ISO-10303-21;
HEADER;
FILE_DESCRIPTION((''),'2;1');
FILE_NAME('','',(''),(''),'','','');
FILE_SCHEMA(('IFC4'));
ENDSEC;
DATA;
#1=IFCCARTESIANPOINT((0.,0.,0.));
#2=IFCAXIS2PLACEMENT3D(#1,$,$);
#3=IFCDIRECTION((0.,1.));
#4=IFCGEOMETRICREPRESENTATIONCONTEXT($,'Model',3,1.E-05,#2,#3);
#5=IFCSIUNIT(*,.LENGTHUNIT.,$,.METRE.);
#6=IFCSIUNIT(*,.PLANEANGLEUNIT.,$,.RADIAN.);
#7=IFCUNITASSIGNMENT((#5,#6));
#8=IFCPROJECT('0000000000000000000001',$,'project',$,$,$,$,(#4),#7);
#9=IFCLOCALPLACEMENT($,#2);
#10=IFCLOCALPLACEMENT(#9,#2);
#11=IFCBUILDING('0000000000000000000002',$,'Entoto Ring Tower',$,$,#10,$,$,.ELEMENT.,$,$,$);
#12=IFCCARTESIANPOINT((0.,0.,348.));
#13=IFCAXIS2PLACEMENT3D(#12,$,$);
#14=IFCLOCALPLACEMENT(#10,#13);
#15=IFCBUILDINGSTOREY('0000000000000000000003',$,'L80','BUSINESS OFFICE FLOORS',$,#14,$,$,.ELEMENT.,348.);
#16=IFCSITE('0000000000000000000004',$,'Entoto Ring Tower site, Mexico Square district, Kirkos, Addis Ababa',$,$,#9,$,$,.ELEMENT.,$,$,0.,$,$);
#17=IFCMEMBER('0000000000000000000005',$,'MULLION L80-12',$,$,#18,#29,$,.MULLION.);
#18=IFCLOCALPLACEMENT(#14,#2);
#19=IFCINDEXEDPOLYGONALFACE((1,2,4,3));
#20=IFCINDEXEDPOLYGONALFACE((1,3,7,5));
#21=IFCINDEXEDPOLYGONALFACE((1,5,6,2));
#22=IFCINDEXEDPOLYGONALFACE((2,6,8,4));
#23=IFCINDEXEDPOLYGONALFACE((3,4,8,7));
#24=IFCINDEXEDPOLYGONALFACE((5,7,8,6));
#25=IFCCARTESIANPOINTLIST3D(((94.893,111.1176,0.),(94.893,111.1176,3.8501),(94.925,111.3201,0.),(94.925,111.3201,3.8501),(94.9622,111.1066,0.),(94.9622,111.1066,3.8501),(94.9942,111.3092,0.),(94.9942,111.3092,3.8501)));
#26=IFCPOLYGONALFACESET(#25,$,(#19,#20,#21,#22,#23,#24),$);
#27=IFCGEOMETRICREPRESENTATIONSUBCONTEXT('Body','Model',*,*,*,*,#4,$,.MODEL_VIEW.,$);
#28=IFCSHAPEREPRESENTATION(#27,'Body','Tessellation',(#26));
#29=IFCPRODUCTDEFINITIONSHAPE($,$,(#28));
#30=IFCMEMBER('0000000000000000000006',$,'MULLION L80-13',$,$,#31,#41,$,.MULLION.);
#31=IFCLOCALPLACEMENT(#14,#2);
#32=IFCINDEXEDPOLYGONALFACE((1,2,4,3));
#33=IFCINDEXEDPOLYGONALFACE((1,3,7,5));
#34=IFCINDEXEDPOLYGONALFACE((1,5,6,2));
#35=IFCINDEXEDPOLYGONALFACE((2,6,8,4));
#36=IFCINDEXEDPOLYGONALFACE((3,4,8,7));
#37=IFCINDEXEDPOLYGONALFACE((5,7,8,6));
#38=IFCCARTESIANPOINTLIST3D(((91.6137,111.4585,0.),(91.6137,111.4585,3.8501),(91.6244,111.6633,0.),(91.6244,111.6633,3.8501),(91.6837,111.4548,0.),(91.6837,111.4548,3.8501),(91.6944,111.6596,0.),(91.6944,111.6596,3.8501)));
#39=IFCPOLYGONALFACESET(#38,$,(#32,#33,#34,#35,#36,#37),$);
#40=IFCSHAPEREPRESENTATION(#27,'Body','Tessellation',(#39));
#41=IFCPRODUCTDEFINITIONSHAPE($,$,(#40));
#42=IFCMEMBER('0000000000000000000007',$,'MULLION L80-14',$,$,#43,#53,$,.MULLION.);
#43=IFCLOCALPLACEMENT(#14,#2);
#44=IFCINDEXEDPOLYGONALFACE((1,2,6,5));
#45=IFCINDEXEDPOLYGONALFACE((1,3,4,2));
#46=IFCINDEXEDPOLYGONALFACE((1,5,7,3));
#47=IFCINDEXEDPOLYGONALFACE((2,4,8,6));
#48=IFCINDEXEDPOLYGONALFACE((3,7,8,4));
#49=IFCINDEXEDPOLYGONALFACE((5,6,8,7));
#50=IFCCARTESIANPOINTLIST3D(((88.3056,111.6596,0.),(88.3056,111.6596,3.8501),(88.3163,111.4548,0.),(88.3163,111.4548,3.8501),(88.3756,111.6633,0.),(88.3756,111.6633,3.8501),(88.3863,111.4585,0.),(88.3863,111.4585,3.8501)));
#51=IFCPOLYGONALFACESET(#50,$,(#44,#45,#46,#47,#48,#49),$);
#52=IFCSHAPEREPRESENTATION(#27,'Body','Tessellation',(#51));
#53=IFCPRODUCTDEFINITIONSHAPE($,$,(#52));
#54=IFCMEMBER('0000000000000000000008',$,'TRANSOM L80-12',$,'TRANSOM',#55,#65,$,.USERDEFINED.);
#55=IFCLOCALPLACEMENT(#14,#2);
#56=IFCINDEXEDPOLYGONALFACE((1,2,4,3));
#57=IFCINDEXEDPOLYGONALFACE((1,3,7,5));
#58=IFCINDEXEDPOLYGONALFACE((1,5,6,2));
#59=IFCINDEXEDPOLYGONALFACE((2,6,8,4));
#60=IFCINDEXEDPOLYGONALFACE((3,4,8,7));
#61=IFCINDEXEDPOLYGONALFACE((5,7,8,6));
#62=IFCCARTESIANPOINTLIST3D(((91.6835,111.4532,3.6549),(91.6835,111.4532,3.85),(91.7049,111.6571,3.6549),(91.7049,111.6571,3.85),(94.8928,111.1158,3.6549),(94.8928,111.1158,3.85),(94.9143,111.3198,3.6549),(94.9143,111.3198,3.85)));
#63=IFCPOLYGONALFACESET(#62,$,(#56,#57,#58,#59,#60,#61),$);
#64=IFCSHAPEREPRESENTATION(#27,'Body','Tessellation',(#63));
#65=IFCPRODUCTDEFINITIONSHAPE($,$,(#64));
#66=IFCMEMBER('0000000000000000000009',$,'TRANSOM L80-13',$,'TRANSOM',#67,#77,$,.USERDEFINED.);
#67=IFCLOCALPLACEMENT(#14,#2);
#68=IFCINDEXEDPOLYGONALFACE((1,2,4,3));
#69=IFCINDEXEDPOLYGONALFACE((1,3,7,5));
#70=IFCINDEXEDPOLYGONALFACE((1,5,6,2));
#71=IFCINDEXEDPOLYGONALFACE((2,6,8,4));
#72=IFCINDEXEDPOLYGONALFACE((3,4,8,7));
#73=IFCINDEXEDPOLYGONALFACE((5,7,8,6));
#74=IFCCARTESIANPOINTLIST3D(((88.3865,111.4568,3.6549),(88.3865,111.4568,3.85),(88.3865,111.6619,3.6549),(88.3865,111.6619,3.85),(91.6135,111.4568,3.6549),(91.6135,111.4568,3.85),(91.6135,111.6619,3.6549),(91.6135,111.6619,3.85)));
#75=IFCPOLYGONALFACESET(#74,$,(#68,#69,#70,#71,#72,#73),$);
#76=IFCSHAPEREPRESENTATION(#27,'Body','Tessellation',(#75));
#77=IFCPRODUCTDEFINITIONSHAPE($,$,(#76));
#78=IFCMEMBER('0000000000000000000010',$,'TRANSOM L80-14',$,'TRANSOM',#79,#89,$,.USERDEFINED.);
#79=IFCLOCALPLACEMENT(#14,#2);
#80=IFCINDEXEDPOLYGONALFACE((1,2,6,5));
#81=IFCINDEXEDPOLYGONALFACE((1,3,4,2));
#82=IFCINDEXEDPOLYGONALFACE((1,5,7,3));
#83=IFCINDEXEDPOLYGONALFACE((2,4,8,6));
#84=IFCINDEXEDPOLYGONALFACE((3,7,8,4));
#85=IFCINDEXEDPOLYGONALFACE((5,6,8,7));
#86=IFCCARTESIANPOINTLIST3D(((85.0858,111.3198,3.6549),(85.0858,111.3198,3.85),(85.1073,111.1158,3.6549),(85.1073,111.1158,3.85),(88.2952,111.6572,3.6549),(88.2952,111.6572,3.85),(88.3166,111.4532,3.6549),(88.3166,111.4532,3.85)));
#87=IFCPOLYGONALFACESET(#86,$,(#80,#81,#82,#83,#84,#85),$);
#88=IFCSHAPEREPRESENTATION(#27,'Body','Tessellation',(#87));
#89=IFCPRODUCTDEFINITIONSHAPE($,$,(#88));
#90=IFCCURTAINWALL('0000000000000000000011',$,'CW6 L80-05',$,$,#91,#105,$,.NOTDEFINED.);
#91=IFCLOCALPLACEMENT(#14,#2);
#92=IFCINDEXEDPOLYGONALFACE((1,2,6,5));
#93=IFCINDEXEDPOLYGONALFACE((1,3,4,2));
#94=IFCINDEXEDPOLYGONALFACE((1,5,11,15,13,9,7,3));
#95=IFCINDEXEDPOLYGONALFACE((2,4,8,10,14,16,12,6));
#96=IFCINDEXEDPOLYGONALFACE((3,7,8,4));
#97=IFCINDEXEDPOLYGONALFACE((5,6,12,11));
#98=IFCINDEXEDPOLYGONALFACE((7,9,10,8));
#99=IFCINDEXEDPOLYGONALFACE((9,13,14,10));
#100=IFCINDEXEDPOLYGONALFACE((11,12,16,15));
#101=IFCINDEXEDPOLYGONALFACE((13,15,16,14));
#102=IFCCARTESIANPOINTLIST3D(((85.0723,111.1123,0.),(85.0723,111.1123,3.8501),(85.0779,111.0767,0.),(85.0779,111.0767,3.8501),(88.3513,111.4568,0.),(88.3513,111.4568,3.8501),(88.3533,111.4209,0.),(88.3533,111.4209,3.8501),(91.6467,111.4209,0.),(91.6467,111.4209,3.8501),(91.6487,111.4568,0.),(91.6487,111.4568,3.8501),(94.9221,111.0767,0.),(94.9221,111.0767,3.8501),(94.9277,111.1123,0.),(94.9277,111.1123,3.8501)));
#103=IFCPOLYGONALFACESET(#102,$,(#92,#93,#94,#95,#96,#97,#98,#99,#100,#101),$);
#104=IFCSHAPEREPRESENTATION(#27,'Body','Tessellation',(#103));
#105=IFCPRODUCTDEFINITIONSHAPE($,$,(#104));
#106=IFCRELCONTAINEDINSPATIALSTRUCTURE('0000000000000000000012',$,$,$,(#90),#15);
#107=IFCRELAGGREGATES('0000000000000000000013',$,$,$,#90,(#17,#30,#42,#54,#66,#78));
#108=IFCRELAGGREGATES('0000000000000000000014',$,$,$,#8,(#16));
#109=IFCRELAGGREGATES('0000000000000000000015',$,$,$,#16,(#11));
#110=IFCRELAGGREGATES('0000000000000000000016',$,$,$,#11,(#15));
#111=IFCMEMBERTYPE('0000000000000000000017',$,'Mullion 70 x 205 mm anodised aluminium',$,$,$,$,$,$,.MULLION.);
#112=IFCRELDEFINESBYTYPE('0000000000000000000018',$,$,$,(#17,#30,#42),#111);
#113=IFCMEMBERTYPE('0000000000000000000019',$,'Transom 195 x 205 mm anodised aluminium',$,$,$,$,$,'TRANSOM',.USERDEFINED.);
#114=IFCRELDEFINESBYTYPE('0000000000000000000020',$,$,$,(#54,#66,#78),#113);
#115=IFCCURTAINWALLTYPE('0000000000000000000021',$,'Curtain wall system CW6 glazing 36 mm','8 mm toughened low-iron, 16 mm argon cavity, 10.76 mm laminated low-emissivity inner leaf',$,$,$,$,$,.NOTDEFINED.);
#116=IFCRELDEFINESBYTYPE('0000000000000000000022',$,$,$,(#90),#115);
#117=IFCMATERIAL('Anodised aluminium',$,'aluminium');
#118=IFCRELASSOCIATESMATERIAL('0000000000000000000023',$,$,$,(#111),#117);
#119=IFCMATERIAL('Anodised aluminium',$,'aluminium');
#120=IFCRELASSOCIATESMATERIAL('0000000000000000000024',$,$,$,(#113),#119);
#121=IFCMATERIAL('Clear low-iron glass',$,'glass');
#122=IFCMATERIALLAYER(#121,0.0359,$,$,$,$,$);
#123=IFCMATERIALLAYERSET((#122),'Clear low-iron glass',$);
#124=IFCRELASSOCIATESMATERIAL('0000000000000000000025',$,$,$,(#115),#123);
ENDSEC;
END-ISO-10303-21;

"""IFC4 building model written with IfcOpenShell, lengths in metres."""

from ifc_helpers import new_model, si_unit, direction, frame, origin, origin_2d, place, context, subcontext, project, spatial, polyline, rectangle, outline, extrude, material, layer, layer_set, material_profile, profile_set, type_object, element, aggregate, save


model = new_model("IFC4")

# Units and contexts
model_context = context("Model", 3, precision=1e-05, world=origin(), true_north=direction((0.0, 1.0)))
body_context = subcontext(model_context, "Body", "Model", "MODEL_VIEW")
ifc_project = project(units=[si_unit("LENGTHUNIT", "METRE"), si_unit("PLANEANGLEUNIT", "RADIAN")], contexts=[model_context])

# Members
ifc_material_1 = material(Name="Anodised aluminium", Category="aluminium")
ifc_material_profile_1 = material_profile(ifc_material_1, rectangle(XDim=0.0701, YDim=0.2051, at=origin_2d()), Name="Mullion 70 x 205 mm anodised aluminium")
ifc_profile_set_1 = profile_set([ifc_material_profile_1], Name="Anodised aluminium")
member_type_1 = type_object("IfcMemberType", Name="Mullion 70 x 205 mm anodised aluminium", PredefinedType="MULLION", material=ifc_profile_set_1)
site_placement = place(None, origin())
building_placement = place(site_placement, origin())
storey_placement = place(building_placement, frame((0.0, 0.0, 348.0)))
member_1_placement = place(storey_placement, frame((94.9436, 111.2134, 0.0), z_axis=(0.0, 0.0, 1.0), x_axis=(-0.987688, 0.156434, 0.0)))
member_1 = element("IfcMember", 1, at=member_1_placement, type_object=member_type_1, Name="MULLION L80-12", PredefinedType="MULLION", context=body_context, shape_type="SweptSolid", body=[
    extrude(rectangle(XDim=0.0701, YDim=0.2051, at=origin_2d()), origin(), (0.0, 0.0, 1.0), 3.8501),
])
member_2_placement = place(storey_placement, frame((91.6541, 111.5591, 0.0), z_axis=(0.0, 0.0, 1.0), x_axis=(-0.99863, 0.052336, 0.0)))
member_2 = element("IfcMember", 2, at=member_2_placement, type_object=member_type_1, Name="MULLION L80-13", PredefinedType="MULLION", context=body_context, shape_type="SweptSolid", body=[
    extrude(rectangle(XDim=0.0701, YDim=0.2051, at=origin_2d()), origin(), (0.0, 0.0, 1.0), 3.8501),
])
member_3_placement = place(storey_placement, frame((88.3459, 111.5591, 0.0), z_axis=(0.0, 0.0, 1.0), x_axis=(-0.99863, -0.052336, 0.0)))
member_3 = element("IfcMember", 3, at=member_3_placement, type_object=member_type_1, Name="MULLION L80-14", PredefinedType="MULLION", context=body_context, shape_type="SweptSolid", body=[
    extrude(rectangle(XDim=0.0701, YDim=0.2051, at=origin_2d()), origin(), (0.0, 0.0, 1.0), 3.8501),
])
ifc_material_2 = material(Name="Anodised aluminium", Category="aluminium")
ifc_material_profile_2 = material_profile(ifc_material_2, rectangle(XDim=0.2051, YDim=0.1951, at=origin_2d()), Name="Transom 195 x 205 mm anodised aluminium")
ifc_profile_set_2 = profile_set([ifc_material_profile_2], Name="Anodised aluminium")
member_type_2 = type_object("IfcMemberType", Name="Transom 195 x 205 mm anodised aluminium", ElementType="TRANSOM", PredefinedType="USERDEFINED", material=ifc_profile_set_2)
member_4_placement = place(storey_placement, frame((94.9036, 111.2178, 3.7524), z_axis=(-0.99452, 0.104551, 0.0), x_axis=(-0.104551, -0.99452, 0.0)))
member_4 = element("IfcMember", 4, at=member_4_placement, type_object=member_type_2, Name="TRANSOM L80-12", ObjectType="TRANSOM", PredefinedType="USERDEFINED", context=body_context, shape_type="SweptSolid", body=[
    extrude(rectangle(XDim=0.2051, YDim=0.1951, at=origin_2d()), origin(), (0.0, 0.0, 1.0), 3.2271),
])
member_5_placement = place(storey_placement, frame((91.6135, 111.5593, 3.7524), z_axis=(-1.0, 0.0, 0.0), x_axis=(0.0, -1.0, 0.0)))
member_5 = element("IfcMember", 5, at=member_5_placement, type_object=member_type_2, Name="TRANSOM L80-13", ObjectType="TRANSOM", PredefinedType="USERDEFINED", context=body_context, shape_type="SweptSolid", body=[
    extrude(rectangle(XDim=0.2051, YDim=0.1951, at=origin_2d()), origin(), (0.0, 0.0, 1.0), 3.2271),
])
member_6_placement = place(storey_placement, frame((88.3059, 111.5552, 3.7524), z_axis=(-0.99452, -0.104551, 0.0), x_axis=(0.104551, -0.99452, 0.0)))
member_6 = element("IfcMember", 6, at=member_6_placement, type_object=member_type_2, Name="TRANSOM L80-14", ObjectType="TRANSOM", PredefinedType="USERDEFINED", context=body_context, shape_type="SweptSolid", body=[
    extrude(rectangle(XDim=0.2051, YDim=0.1951, at=origin_2d()), origin(), (0.0, 0.0, 1.0), 3.2271),
])

# Site, building, storey
site = spatial("IfcSite", under=ifc_project, at=site_placement, Name="Entoto Ring Tower site, Mexico Square district, Kirkos, Addis Ababa", CompositionType="ELEMENT", RefElevation=0.0)
building = spatial("IfcBuilding", under=site, at=building_placement, Name="Entoto Ring Tower", CompositionType="ELEMENT")
storey = spatial("IfcBuildingStorey", under=building, at=storey_placement, Name="L80", Description="BUSINESS OFFICE FLOORS", CompositionType="ELEMENT", Elevation=348.0)

# Curtain wall
ifc_material_3 = material(Name="Clear low-iron glass", Category="glass")
ifc_layer = layer(ifc_material_3, 0.0359)
ifc_layer_set = layer_set([ifc_layer], Name="Clear low-iron glass")
curtain_wall_type = type_object("IfcCurtainWallType", Name="Curtain wall system CW6 glazing 36 mm", Description="8 mm toughened low-iron, 16 mm argon cavity, 10.76 mm laminated low-emissivity inner leaf", PredefinedType="NOTDEFINED", material=ifc_layer_set)
curtain_wall_1_placement = place(storey_placement, origin())
curtain_wall_1 = element("IfcCurtainWall", 7, at=curtain_wall_1_placement, inside=storey, type_object=curtain_wall_type, Name="CW6 L80-05", PredefinedType="NOTDEFINED", context=body_context, shape_type="SweptSolid", body=[
    extrude(outline(polyline([(94.9277, 111.1123), (91.6487, 111.4568), (88.3513, 111.4568), (85.0723, 111.1123), (85.0779, 111.0767), (88.3533, 111.4209), (91.6467, 111.4209), (94.9221, 111.0767), (94.9277, 111.1123)])), origin(), (0.0, 0.0, 1.0), 3.8501),
])
aggregate(curtain_wall_1, [member_1, member_2, member_3, member_4, member_5, member_6])

save(model, "model.ifc")
